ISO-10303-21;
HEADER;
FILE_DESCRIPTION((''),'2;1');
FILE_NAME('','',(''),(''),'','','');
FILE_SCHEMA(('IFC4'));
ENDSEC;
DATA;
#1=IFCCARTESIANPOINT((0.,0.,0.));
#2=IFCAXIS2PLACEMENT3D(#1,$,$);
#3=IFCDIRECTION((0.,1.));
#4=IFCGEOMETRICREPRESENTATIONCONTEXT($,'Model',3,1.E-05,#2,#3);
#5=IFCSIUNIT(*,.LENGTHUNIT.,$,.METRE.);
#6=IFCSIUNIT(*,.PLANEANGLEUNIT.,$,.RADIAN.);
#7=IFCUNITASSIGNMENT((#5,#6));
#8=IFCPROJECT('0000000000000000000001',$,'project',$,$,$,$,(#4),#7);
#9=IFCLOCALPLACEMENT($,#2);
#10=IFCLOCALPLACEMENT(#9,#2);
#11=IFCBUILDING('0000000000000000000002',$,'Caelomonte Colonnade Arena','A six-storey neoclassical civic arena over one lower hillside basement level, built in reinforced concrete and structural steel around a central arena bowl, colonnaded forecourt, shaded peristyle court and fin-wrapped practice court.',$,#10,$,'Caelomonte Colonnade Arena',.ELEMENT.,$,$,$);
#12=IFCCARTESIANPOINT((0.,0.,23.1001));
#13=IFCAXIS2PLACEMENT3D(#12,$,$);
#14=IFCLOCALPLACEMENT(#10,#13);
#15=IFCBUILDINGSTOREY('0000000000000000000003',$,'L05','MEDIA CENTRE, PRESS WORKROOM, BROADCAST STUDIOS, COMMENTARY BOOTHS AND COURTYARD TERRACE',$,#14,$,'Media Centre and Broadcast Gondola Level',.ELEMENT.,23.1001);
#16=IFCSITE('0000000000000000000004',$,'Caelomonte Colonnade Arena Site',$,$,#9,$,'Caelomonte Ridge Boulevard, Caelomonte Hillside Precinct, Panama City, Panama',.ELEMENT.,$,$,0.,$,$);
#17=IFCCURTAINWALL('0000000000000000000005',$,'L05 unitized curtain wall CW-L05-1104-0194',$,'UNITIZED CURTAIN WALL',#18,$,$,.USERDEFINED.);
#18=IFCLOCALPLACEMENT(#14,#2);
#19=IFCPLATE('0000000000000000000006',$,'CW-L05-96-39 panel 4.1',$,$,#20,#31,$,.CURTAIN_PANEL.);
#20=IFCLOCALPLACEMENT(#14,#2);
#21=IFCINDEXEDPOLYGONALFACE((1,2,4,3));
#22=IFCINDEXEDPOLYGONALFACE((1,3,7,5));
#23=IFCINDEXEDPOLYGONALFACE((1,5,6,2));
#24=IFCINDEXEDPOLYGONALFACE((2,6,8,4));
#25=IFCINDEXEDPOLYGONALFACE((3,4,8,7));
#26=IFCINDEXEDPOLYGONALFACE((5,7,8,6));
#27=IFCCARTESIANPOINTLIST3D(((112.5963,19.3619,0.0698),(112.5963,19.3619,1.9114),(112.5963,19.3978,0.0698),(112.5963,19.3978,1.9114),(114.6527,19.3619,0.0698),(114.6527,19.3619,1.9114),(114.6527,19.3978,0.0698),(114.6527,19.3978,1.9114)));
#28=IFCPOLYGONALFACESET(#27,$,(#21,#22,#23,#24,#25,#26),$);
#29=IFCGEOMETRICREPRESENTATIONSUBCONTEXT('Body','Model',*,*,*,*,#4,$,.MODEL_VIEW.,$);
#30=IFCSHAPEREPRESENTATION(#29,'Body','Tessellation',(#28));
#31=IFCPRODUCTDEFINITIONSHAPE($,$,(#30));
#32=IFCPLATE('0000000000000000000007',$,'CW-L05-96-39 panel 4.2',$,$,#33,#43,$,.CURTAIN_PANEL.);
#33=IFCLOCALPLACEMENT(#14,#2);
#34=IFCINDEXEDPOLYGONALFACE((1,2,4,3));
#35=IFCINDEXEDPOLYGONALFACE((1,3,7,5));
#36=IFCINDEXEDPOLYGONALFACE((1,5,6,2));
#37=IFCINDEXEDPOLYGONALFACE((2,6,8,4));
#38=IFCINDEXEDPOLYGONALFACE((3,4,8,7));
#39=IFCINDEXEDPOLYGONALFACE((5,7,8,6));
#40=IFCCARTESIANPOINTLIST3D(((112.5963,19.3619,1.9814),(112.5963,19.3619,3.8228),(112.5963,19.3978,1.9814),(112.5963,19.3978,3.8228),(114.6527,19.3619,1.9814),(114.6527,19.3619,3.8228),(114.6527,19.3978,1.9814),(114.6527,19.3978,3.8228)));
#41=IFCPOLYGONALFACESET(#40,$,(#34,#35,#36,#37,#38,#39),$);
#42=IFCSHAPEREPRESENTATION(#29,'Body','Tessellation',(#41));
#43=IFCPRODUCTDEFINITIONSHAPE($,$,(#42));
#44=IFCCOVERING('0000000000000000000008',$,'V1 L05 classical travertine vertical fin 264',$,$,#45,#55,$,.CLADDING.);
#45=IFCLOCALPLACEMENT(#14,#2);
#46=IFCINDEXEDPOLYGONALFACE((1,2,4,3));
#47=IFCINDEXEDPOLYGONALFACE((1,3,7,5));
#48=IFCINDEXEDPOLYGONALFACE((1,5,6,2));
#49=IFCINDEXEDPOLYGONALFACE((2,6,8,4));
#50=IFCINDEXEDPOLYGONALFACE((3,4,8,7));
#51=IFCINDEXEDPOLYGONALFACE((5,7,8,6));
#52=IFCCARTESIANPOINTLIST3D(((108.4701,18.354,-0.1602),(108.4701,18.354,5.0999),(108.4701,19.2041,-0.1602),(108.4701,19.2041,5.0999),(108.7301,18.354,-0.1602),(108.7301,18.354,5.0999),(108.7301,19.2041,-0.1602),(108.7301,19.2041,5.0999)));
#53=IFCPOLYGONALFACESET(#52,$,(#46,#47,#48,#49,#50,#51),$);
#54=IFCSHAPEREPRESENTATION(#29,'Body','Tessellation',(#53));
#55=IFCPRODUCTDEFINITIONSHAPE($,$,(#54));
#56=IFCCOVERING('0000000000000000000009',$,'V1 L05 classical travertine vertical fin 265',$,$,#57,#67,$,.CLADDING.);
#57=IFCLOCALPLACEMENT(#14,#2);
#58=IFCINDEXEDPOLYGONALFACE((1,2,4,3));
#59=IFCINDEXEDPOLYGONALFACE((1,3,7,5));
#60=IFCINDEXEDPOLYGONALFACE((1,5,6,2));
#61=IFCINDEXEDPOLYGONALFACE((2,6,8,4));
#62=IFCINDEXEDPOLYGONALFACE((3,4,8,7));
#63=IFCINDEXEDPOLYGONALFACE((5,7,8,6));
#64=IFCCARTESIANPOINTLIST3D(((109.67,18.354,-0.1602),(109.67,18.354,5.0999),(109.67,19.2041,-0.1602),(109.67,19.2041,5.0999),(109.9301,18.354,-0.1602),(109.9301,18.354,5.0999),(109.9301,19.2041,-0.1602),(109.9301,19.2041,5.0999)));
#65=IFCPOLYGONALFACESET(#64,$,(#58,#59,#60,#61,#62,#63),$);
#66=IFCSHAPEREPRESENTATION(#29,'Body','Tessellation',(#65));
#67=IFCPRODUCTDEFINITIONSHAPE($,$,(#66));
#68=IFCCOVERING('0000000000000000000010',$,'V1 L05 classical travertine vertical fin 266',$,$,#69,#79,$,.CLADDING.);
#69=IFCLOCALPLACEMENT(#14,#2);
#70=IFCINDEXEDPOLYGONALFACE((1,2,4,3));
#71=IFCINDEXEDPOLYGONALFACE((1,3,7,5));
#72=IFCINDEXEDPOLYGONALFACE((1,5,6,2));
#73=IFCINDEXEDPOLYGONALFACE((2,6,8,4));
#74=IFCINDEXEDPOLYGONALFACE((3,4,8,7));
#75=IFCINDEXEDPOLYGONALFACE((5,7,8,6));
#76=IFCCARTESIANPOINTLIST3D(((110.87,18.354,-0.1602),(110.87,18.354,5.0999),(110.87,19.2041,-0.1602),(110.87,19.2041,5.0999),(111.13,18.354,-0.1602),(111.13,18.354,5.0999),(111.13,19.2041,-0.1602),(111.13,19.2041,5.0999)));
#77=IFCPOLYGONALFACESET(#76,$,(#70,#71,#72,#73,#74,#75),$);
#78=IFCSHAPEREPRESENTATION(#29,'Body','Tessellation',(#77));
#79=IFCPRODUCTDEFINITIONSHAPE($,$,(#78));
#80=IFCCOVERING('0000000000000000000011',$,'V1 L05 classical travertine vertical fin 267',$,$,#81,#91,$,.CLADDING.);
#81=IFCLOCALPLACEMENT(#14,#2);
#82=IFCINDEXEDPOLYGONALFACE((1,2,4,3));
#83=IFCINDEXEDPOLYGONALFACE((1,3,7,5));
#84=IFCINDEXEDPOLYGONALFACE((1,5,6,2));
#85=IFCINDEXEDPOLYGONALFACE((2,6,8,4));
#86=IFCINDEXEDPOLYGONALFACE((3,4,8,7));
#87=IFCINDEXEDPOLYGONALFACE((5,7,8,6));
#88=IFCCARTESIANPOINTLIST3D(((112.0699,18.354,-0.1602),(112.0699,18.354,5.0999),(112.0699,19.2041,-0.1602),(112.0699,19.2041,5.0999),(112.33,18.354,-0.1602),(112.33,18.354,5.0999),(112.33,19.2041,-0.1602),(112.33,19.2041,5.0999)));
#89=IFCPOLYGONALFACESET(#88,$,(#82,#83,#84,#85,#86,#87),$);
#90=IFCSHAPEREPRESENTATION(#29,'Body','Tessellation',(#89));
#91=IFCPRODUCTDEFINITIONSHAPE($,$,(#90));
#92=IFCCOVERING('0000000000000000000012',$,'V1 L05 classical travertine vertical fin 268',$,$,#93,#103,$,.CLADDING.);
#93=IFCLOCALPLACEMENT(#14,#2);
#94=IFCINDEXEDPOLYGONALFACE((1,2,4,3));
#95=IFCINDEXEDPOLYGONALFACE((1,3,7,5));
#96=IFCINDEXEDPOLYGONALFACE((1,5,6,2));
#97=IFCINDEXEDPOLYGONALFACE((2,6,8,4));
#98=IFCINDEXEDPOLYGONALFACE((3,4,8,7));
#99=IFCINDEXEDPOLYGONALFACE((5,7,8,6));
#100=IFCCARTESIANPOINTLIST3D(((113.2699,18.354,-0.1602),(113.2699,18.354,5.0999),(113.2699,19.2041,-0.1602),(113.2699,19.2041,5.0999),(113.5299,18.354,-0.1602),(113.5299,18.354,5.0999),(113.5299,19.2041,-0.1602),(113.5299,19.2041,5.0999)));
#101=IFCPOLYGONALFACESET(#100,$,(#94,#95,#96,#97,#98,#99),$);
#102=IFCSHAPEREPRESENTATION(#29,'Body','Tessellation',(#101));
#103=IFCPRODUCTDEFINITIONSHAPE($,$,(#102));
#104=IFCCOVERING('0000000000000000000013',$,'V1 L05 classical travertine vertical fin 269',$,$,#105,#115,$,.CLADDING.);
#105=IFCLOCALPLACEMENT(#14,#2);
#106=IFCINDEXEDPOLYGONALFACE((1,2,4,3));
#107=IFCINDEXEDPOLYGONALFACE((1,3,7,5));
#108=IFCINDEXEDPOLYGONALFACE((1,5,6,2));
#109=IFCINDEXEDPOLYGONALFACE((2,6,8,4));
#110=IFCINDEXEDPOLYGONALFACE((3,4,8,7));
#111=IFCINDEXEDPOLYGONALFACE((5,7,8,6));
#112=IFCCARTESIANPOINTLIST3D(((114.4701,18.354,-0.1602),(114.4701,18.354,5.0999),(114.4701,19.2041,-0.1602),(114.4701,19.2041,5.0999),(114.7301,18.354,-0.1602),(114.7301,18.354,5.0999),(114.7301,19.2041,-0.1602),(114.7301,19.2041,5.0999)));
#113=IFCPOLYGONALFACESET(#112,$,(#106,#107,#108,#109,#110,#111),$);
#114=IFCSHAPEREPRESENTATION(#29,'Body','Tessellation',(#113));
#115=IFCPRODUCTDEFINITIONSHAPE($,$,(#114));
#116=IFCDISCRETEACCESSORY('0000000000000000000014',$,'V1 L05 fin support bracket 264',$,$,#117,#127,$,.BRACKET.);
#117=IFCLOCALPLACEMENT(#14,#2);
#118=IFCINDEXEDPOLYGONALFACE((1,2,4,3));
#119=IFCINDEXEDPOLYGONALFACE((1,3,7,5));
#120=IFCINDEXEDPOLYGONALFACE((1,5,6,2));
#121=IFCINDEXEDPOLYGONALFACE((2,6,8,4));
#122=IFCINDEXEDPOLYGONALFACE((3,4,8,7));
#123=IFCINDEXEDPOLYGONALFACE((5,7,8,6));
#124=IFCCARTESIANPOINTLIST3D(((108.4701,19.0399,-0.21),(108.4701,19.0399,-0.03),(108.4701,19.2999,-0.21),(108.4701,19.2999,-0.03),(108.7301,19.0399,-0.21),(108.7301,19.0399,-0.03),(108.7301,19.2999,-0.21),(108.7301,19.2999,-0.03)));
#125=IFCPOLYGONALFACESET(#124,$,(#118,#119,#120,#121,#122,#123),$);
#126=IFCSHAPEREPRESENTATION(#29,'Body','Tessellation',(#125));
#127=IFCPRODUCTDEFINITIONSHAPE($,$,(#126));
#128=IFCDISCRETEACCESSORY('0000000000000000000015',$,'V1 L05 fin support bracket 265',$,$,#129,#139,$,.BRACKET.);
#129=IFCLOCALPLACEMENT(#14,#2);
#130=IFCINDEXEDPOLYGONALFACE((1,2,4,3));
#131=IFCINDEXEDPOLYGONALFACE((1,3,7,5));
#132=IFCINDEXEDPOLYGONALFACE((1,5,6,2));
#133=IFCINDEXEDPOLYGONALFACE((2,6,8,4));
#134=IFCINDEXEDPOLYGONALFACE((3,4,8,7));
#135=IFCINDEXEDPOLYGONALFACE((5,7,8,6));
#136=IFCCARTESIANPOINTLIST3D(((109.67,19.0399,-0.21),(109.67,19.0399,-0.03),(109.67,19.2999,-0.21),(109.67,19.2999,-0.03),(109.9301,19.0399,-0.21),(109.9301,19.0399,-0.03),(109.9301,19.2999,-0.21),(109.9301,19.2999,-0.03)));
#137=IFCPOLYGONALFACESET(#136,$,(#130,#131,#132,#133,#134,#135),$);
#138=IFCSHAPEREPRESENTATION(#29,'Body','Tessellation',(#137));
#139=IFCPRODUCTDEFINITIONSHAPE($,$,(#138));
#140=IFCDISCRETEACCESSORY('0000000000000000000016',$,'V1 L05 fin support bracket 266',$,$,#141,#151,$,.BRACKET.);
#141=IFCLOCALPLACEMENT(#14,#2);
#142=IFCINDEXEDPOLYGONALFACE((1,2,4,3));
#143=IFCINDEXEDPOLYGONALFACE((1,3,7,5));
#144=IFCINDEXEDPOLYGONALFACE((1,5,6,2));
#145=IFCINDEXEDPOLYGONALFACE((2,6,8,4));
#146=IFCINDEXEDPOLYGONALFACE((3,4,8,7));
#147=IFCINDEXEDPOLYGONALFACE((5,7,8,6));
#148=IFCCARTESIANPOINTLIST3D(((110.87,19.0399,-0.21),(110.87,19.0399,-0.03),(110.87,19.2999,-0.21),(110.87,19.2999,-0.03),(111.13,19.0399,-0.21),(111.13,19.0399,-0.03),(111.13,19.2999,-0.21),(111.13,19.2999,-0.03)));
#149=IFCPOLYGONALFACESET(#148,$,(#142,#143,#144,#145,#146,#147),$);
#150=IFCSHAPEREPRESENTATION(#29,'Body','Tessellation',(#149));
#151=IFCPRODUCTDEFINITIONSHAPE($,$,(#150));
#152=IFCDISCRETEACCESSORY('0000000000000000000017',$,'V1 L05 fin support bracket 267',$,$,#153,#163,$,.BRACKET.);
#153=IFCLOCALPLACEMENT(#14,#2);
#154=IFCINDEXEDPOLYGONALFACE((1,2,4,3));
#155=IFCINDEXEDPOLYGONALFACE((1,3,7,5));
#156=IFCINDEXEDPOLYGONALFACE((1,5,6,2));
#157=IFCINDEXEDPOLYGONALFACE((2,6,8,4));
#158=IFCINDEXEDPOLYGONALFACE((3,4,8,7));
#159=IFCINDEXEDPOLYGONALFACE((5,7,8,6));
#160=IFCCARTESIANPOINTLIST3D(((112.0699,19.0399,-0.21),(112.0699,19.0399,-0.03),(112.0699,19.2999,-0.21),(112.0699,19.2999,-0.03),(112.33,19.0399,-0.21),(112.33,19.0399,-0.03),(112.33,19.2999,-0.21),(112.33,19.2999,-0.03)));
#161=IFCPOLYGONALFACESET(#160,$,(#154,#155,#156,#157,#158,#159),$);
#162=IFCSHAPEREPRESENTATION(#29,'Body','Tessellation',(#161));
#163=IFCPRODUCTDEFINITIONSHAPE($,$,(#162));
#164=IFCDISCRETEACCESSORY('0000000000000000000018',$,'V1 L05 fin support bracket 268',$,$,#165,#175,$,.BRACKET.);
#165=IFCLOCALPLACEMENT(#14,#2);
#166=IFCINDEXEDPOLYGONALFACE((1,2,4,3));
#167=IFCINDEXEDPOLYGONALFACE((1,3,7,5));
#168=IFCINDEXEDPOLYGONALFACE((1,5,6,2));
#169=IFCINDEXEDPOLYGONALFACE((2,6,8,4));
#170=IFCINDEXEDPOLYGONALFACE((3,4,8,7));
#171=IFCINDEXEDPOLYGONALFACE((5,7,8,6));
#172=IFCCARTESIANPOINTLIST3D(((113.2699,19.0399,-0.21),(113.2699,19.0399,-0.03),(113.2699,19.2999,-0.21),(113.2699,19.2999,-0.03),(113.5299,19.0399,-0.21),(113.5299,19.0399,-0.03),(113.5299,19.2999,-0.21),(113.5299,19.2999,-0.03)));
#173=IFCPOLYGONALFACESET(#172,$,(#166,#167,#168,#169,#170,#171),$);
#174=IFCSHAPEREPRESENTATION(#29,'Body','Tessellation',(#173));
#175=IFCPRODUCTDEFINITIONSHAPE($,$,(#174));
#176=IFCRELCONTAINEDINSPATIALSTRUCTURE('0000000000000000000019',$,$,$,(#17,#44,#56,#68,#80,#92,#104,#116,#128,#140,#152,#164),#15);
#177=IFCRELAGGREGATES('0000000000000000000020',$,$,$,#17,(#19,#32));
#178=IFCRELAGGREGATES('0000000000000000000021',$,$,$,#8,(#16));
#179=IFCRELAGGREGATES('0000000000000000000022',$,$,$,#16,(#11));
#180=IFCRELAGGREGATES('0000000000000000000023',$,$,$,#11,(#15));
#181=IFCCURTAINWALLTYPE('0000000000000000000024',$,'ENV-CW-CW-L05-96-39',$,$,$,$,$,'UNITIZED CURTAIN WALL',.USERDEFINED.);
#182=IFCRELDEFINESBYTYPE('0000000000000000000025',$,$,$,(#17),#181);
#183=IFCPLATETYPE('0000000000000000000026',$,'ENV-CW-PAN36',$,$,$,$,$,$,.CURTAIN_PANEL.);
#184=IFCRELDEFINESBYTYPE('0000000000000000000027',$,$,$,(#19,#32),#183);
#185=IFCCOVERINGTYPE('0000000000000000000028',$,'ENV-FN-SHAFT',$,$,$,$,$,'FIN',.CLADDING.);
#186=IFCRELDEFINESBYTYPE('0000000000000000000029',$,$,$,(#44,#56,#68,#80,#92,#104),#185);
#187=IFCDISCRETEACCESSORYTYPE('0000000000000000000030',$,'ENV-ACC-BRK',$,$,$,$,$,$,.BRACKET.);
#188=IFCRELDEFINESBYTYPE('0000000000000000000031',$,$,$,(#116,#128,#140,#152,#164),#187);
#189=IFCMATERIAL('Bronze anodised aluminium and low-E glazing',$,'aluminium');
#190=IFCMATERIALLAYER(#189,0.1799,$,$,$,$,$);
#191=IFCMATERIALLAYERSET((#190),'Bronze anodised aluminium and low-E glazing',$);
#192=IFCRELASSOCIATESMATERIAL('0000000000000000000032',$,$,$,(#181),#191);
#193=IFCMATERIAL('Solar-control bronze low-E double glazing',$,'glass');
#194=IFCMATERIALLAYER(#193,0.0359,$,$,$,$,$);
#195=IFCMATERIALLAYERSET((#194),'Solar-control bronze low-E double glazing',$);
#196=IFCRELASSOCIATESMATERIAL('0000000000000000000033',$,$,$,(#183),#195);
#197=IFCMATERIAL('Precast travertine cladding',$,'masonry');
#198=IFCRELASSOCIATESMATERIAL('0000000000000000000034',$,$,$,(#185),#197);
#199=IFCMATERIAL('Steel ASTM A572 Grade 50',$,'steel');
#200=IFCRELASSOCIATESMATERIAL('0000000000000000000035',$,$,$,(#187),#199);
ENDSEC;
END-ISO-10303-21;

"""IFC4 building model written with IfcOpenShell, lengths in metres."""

from ifc_helpers import new_model, si_unit, direction, frame, origin, origin_2d, place, context, subcontext, project, spatial, rectangle, extrude, material, layer, layer_set, material_profile, profile_set, type_object, element, aggregate, save


model = new_model("IFC4")

# Units and contexts
model_context = context("Model", 3, precision=1e-05, world=origin(), true_north=direction((0.0, 1.0)))
body_context = subcontext(model_context, "Body", "Model", "MODEL_VIEW")
ifc_project = project(units=[si_unit("LENGTHUNIT", "METRE"), si_unit("PLANEANGLEUNIT", "RADIAN")], contexts=[model_context])

# Site, building, storey
site_placement = place(None, origin())
site = spatial("IfcSite", under=ifc_project, at=site_placement, Name="Caelomonte Colonnade Arena Site", LongName="Caelomonte Ridge Boulevard, Caelomonte Hillside Precinct, Panama City, Panama", CompositionType="ELEMENT", RefElevation=0.0)
building_placement = place(site_placement, origin())
building = spatial("IfcBuilding", under=site, at=building_placement, Name="Caelomonte Colonnade Arena", Description="A six-storey neoclassical civic arena over one lower hillside basement level, built in reinforced concrete and structural steel around a central arena bowl, colonnaded forecourt, shaded peristyle court and fin-wrapped practice court.", LongName="Caelomonte Colonnade Arena", CompositionType="ELEMENT")
storey_placement = place(building_placement, frame((0.0, 0.0, 23.1001)))
storey = spatial("IfcBuildingStorey", under=building, at=storey_placement, Name="L05", Description="MEDIA CENTRE, PRESS WORKROOM, BROADCAST STUDIOS, COMMENTARY BOOTHS AND COURTYARD TERRACE", LongName="Media Centre and Broadcast Gondola Level", CompositionType="ELEMENT", Elevation=23.1001)

# Curtain wall, plates
ifc_material_1 = material(Name="Bronze anodised aluminium and low-E glazing", Category="aluminium")
ifc_layer_1 = layer(ifc_material_1, 0.1799)
ifc_layer_set_1 = layer_set([ifc_layer_1], Name="Bronze anodised aluminium and low-E glazing")
curtain_wall_type = type_object("IfcCurtainWallType", Name="ENV-CW-CW-L05-96-39", ElementType="UNITIZED CURTAIN WALL", PredefinedType="USERDEFINED", material=ifc_layer_set_1)
curtain_wall_placement = place(storey_placement, origin())
curtain_wall = element("IfcCurtainWall", 1, at=curtain_wall_placement, inside=storey, type_object=curtain_wall_type, Name="L05 unitized curtain wall CW-L05-1104-0194", ObjectType="UNITIZED CURTAIN WALL", PredefinedType="USERDEFINED")
ifc_material_2 = material(Name="Solar-control bronze low-E double glazing", Category="glass")
ifc_layer_2 = layer(ifc_material_2, 0.0359)
ifc_layer_set_2 = layer_set([ifc_layer_2], Name="Solar-control bronze low-E double glazing")
plate_type = type_object("IfcPlateType", Name="ENV-CW-PAN36", PredefinedType="CURTAIN_PANEL", material=ifc_layer_set_2)
plate_1_placement = place(storey_placement, frame((113.6245, 19.3799, 0.0698), z_axis=(0.0, 0.0, 1.0), x_axis=(1.0, 0.0, 0.0)))
plate_1 = element("IfcPlate", 2, at=plate_1_placement, type_object=plate_type, Name="CW-L05-96-39 panel 4.1", PredefinedType="CURTAIN_PANEL", context=body_context, shape_type="SweptSolid", body=[
    extrude(rectangle(XDim=2.0564, YDim=0.0359, at=origin_2d()), origin(), (0.0, 0.0, 1.0), 1.8416),
])
plate_2_placement = place(storey_placement, frame((113.6245, 19.3799, 1.9814), z_axis=(0.0, 0.0, 1.0), x_axis=(1.0, 0.0, 0.0)))
plate_2 = element("IfcPlate", 3, at=plate_2_placement, type_object=plate_type, Name="CW-L05-96-39 panel 4.2", PredefinedType="CURTAIN_PANEL", context=body_context, shape_type="SweptSolid", body=[
    extrude(rectangle(XDim=2.0564, YDim=0.0359, at=origin_2d()), origin(), (0.0, 0.0, 1.0), 1.8413),
])
aggregate(curtain_wall, [plate_1, plate_2])

# Coverings
ifc_material_3 = material(Name="Precast travertine cladding", Category="masonry")
ifc_material_profile_1 = material_profile(ifc_material_3, rectangle(XDim=0.26, YDim=0.8501, at=origin_2d()), Name="FIN260X850")
ifc_profile_set_1 = profile_set([ifc_material_profile_1], Name="Precast travertine cladding")
covering_type = type_object("IfcCoveringType", Name="ENV-FN-SHAFT", ElementType="FIN", PredefinedType="CLADDING", material=ifc_profile_set_1)
for number, where, z_axis, x_axis, name in (
    (4, (108.6001, 18.7791, -0.1602), (0.0, 0.0, 1.0), (-1.0, 0.0, 0.0), "V1 L05 classical travertine vertical fin 264"),
    (5, (109.8, 18.7791, -0.1602), (0.0, 0.0, 1.0), (-1.0, 0.0, 0.0), "V1 L05 classical travertine vertical fin 265"),
    (6, (111.0, 18.7791, -0.1602), (0.0, 0.0, 1.0), (-1.0, 0.0, 0.0), "V1 L05 classical travertine vertical fin 266"),
    (7, (112.2, 18.7791, -0.1602), (0.0, 0.0, 1.0), (-1.0, 0.0, 0.0), "V1 L05 classical travertine vertical fin 267"),
    (8, (113.3999, 18.7791, -0.1602), (0.0, 0.0, 1.0), (-1.0, 0.0, 0.0), "V1 L05 classical travertine vertical fin 268"),
    (9, (114.6001, 18.7791, -0.1602), (0.0, 0.0, 1.0), (-1.0, 0.0, 0.0), "V1 L05 classical travertine vertical fin 269"),
):
    element("IfcCovering", number, at=place(storey_placement, frame(where, z_axis=z_axis, x_axis=x_axis)), inside=storey, type_object=covering_type, Name=name, PredefinedType="CLADDING", context=body_context, shape_type="SweptSolid", body=[
        extrude(rectangle(XDim=0.26, YDim=0.8501, at=origin_2d()), origin(), (0.0, 0.0, 1.0), 5.26),
    ])

# Discrete accessories
ifc_material_4 = material(Name="Steel ASTM A572 Grade 50", Category="steel")
discrete_accessory_type = type_object("IfcDiscreteAccessoryType", Name="ENV-ACC-BRK", PredefinedType="BRACKET", material=ifc_material_4)
for number, where, z_axis, x_axis, name in (
    (10, (108.6001, 19.1699, -0.21), (0.0, 0.0, 1.0), (1.0, 0.0, 0.0), "V1 L05 fin support bracket 264"),
    (11, (109.8, 19.1699, -0.21), (0.0, 0.0, 1.0), (1.0, 0.0, 0.0), "V1 L05 fin support bracket 265"),
    (12, (111.0, 19.1699, -0.21), (0.0, 0.0, 1.0), (1.0, 0.0, 0.0), "V1 L05 fin support bracket 266"),
    (13, (112.2, 19.1699, -0.21), (0.0, 0.0, 1.0), (1.0, 0.0, 0.0), "V1 L05 fin support bracket 267"),
    (14, (113.3999, 19.1699, -0.21), (0.0, 0.0, 1.0), (1.0, 0.0, 0.0), "V1 L05 fin support bracket 268"),
):
    element("IfcDiscreteAccessory", number, at=place(storey_placement, frame(where, z_axis=z_axis, x_axis=x_axis)), inside=storey, type_object=discrete_accessory_type, Name=name, PredefinedType="BRACKET", context=body_context, shape_type="SweptSolid", body=[
        extrude(rectangle(XDim=0.26, YDim=0.26, at=origin_2d()), origin(), (0.0, 0.0, 1.0), 0.1799),
    ])

save(model, "model.ifc")
